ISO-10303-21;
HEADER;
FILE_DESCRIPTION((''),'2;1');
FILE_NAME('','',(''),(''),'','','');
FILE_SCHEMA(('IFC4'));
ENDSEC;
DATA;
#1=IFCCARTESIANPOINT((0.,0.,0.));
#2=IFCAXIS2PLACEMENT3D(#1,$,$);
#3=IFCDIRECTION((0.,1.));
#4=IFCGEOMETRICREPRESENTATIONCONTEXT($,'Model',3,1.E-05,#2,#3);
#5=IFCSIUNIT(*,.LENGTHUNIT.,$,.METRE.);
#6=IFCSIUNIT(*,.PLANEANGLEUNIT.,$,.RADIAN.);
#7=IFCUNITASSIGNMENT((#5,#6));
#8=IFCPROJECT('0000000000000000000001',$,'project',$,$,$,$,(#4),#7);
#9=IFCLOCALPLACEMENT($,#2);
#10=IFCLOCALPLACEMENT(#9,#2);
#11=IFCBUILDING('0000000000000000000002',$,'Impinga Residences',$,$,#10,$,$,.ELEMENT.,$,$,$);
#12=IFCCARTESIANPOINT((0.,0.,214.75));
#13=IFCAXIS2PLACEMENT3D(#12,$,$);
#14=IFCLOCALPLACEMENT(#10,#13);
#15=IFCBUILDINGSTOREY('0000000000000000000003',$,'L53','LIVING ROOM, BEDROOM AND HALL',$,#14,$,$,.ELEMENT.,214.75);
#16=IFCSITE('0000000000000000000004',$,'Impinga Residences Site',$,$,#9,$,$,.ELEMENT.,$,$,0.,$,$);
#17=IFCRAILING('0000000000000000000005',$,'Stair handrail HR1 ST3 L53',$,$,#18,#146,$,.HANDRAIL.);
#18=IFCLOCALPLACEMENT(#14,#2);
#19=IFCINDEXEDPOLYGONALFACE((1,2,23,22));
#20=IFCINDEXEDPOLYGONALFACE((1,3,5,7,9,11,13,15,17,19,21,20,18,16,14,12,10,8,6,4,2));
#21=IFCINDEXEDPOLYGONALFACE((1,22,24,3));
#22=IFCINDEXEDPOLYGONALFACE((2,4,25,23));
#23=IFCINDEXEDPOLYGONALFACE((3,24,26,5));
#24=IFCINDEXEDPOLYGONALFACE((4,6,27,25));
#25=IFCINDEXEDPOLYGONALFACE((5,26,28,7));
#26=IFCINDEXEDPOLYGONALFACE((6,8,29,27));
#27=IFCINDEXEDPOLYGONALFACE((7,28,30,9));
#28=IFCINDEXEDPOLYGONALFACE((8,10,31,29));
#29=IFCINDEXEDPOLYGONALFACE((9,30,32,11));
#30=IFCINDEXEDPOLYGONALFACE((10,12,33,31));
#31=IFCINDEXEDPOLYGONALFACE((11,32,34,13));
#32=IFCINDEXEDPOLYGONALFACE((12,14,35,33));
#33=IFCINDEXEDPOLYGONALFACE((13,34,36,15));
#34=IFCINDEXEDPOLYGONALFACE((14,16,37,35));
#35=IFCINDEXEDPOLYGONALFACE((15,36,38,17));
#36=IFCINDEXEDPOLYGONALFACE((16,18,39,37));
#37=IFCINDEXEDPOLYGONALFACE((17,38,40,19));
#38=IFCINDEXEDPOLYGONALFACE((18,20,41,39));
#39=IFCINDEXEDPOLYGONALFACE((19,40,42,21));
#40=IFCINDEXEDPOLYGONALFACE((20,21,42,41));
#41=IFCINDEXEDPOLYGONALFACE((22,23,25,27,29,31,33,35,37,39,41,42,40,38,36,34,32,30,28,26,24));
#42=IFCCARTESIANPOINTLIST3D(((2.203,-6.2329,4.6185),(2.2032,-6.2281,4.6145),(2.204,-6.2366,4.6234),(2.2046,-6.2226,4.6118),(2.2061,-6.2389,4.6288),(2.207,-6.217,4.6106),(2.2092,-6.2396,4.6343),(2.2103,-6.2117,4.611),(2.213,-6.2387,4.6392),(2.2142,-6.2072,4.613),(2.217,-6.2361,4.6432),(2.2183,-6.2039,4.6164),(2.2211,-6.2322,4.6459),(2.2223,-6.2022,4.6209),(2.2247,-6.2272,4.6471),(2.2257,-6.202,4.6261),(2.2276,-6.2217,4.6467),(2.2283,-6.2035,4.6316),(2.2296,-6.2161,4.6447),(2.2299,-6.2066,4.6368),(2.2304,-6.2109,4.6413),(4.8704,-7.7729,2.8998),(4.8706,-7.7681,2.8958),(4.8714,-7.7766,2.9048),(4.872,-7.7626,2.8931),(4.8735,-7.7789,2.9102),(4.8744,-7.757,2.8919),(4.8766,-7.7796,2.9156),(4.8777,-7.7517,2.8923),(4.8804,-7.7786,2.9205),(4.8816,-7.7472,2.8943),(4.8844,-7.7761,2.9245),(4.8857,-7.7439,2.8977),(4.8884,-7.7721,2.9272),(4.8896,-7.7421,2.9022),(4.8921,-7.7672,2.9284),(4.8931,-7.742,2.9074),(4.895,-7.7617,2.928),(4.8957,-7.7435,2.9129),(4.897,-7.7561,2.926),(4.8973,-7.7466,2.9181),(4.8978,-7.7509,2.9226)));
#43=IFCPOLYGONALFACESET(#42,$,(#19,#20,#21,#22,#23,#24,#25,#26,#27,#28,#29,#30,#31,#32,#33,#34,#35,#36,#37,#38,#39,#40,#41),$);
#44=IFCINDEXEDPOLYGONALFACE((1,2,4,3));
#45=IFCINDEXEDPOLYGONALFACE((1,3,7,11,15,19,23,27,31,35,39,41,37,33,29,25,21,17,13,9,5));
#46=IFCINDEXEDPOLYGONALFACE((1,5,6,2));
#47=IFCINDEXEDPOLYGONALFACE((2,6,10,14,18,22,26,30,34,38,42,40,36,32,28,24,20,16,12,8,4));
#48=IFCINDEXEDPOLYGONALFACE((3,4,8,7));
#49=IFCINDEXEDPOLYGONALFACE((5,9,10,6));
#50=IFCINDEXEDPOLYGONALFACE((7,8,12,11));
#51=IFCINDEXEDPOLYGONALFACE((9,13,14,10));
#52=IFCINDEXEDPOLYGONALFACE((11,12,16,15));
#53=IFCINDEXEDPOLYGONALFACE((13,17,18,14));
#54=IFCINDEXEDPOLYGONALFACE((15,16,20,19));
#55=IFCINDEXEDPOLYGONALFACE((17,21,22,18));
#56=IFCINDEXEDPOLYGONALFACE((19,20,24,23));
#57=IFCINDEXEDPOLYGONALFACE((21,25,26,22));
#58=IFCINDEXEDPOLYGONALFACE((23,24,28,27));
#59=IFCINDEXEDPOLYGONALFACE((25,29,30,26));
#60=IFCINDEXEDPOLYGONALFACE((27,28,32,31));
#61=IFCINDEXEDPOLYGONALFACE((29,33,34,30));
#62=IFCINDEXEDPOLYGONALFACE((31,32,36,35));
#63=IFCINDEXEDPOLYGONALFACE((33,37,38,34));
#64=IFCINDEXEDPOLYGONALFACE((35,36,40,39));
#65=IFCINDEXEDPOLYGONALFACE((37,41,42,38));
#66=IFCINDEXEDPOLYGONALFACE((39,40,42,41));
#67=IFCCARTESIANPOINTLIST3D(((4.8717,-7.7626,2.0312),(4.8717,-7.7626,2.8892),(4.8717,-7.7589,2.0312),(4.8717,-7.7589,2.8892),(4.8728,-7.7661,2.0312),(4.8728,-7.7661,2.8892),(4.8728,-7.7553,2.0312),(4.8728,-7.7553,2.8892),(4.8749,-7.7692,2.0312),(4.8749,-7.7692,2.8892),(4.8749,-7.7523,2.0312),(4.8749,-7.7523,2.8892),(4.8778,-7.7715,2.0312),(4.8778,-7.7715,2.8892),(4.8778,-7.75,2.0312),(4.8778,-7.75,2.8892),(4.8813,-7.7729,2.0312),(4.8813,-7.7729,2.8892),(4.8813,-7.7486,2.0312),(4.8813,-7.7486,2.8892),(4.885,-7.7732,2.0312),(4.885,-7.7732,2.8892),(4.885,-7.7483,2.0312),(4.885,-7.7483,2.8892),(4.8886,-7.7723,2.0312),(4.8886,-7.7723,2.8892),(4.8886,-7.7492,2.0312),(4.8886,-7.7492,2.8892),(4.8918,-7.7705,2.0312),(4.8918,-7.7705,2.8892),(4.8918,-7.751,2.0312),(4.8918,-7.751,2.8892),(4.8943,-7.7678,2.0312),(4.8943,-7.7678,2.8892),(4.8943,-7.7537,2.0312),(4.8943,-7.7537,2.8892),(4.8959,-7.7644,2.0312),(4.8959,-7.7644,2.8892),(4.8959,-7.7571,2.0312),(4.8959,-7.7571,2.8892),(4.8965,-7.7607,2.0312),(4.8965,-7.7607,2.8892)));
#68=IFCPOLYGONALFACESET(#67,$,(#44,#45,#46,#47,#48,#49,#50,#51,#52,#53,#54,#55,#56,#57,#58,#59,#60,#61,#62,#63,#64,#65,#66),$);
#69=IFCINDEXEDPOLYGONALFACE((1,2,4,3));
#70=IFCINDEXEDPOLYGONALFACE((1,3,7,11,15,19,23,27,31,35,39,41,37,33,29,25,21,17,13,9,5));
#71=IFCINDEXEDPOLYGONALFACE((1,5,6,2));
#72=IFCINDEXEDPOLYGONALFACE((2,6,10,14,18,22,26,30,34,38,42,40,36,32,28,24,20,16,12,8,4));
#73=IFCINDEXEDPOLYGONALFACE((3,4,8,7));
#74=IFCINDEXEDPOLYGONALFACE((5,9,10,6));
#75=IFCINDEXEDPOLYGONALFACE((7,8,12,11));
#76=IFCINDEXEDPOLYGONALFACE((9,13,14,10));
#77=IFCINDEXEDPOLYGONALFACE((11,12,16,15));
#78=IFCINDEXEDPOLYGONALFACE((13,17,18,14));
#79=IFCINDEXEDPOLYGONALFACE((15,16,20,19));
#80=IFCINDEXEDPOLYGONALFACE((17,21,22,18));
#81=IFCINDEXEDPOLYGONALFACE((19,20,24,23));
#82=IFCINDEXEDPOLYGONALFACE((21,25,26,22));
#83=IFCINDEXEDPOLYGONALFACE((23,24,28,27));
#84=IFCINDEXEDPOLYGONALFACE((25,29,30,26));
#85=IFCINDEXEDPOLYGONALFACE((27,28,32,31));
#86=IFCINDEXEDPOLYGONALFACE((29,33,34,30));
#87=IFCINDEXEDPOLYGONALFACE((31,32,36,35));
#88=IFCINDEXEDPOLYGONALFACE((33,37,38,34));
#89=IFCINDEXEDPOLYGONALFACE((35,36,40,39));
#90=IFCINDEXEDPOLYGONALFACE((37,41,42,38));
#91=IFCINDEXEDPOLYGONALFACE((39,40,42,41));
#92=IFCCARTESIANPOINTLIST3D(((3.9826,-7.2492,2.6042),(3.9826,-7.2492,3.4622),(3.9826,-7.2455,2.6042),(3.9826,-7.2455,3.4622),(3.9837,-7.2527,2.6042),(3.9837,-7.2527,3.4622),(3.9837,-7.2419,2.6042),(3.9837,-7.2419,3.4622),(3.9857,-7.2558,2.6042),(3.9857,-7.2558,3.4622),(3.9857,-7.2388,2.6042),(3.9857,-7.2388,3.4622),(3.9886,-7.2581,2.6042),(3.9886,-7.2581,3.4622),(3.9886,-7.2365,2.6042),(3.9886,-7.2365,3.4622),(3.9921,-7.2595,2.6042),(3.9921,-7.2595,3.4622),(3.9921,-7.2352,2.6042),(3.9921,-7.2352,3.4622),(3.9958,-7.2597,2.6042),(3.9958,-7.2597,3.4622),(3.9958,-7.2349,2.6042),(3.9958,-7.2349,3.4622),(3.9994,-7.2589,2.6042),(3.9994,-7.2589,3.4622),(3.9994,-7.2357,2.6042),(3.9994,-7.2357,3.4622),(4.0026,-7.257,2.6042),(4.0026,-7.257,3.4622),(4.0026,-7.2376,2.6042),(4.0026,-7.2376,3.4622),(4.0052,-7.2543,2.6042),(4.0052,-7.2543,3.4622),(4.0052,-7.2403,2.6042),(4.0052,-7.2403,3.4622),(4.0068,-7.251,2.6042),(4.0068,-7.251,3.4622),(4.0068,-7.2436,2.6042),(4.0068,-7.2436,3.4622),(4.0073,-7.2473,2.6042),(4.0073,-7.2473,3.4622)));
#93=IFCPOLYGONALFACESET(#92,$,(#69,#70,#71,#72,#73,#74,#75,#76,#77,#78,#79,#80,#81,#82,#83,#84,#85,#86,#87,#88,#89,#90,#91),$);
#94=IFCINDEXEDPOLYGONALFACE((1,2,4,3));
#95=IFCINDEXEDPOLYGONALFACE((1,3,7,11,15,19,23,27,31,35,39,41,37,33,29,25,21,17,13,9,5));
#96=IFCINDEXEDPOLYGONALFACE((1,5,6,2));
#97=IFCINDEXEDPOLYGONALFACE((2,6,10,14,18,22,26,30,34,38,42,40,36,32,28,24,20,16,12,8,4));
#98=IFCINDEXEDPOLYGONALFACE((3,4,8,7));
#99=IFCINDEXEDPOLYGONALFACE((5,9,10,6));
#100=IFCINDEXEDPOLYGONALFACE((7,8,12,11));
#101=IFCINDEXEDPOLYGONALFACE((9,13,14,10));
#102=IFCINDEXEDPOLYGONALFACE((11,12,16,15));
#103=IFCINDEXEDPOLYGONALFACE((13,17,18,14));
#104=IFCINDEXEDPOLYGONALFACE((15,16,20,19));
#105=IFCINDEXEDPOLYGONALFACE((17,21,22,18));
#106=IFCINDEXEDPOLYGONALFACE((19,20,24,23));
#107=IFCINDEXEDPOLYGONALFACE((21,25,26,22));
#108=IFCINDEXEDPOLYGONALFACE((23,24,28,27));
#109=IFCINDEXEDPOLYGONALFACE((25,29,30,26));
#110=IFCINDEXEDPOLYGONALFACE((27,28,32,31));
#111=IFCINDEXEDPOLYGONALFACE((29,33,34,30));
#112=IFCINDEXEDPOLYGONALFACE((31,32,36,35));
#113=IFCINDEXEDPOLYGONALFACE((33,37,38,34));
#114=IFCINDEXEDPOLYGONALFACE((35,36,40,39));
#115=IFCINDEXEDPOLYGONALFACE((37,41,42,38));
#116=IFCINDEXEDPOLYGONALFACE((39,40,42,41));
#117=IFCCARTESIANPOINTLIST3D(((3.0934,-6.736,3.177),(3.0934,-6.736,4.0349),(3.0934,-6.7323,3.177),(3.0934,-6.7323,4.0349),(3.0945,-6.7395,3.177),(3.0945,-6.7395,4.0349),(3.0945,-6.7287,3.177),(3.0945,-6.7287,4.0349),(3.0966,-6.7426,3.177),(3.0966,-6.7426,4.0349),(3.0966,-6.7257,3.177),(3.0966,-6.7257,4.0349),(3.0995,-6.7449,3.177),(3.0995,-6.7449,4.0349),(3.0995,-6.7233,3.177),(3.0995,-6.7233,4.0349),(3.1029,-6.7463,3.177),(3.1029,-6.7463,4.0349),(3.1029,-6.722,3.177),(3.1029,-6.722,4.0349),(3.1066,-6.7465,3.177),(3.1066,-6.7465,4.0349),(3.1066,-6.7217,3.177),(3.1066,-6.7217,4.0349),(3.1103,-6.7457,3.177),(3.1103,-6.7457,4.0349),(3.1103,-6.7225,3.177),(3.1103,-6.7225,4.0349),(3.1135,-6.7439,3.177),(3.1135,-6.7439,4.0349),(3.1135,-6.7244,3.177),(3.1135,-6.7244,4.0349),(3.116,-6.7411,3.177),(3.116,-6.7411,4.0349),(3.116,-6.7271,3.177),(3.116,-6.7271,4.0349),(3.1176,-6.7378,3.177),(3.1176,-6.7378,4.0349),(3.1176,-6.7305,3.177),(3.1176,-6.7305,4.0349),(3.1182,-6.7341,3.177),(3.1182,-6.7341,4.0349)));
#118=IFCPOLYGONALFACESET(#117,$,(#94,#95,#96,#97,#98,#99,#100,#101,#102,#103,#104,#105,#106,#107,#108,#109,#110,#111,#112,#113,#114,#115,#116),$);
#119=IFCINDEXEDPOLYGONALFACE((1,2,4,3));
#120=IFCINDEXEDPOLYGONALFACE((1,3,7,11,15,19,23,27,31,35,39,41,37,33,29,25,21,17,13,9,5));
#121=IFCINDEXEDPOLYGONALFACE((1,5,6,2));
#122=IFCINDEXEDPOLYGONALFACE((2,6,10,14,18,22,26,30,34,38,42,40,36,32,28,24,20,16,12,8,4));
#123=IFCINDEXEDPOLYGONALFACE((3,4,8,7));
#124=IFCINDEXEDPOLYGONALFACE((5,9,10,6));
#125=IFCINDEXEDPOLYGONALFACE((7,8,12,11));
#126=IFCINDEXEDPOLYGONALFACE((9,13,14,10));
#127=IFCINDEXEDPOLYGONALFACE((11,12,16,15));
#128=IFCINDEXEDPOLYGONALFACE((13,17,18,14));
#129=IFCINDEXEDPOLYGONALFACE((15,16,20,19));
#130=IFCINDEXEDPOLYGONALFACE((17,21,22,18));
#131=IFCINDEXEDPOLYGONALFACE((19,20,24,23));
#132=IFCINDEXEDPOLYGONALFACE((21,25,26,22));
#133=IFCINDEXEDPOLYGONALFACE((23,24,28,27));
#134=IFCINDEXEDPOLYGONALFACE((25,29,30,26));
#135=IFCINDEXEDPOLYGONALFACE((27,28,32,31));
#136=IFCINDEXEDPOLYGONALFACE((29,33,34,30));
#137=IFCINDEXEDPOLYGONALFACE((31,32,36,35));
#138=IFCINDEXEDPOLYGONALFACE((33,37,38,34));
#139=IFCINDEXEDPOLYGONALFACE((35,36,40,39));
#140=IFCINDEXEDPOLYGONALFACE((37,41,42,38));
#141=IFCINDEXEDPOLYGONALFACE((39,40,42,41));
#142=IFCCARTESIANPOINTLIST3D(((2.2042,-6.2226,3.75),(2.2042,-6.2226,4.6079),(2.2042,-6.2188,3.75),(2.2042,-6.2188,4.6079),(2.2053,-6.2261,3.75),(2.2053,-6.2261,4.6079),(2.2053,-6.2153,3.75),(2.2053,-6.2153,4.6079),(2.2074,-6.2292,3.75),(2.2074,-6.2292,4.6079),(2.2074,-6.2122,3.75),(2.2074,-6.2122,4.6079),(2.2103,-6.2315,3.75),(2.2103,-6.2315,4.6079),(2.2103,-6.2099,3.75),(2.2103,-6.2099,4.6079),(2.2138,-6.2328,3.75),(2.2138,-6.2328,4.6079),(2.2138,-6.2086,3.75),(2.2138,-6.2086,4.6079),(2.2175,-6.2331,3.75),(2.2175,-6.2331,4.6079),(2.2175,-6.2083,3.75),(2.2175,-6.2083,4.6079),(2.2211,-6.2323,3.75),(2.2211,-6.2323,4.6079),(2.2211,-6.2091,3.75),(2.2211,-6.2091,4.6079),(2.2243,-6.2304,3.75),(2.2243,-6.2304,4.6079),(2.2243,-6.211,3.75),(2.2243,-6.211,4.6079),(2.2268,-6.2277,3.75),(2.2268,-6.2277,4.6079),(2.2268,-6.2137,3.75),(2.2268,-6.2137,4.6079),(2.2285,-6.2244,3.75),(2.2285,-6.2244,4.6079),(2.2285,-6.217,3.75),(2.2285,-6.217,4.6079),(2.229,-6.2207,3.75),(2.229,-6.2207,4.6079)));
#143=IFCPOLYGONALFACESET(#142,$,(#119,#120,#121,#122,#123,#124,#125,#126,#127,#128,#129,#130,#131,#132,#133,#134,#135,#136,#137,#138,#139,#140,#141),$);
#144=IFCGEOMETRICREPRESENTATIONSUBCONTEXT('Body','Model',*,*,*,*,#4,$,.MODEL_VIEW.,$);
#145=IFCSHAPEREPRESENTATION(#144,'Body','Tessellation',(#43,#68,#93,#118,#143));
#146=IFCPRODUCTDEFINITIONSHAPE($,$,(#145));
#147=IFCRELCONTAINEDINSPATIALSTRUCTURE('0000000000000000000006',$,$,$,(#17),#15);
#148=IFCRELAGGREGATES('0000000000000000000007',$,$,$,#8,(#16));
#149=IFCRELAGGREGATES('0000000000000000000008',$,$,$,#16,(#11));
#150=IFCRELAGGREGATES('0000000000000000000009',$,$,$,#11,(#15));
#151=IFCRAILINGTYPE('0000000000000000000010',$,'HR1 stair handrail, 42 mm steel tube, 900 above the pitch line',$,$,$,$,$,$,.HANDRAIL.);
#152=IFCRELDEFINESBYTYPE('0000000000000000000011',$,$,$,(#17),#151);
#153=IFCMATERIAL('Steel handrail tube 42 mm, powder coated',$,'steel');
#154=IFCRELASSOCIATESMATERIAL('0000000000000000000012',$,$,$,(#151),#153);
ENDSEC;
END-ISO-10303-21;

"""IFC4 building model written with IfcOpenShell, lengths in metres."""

from ifc_helpers import new_model, si_unit, direction, frame, origin, origin_2d, place, context, subcontext, project, spatial, circle, extrude, material, type_object, element, save


model = new_model("IFC4")

# Units and contexts
model_context = context("Model", 3, precision=1e-05, world=origin(), true_north=direction((0.0, 1.0)))
body_context = subcontext(model_context, "Body", "Model", "MODEL_VIEW")
ifc_project = project(units=[si_unit("LENGTHUNIT", "METRE"), si_unit("PLANEANGLEUNIT", "RADIAN")], contexts=[model_context])

# Site, building, storey
site_placement = place(None, origin())
site = spatial("IfcSite", under=ifc_project, at=site_placement, Name="Impinga Residences Site", CompositionType="ELEMENT", RefElevation=0.0)
building_placement = place(site_placement, origin())
building = spatial("IfcBuilding", under=site, at=building_placement, Name="Impinga Residences", CompositionType="ELEMENT")
storey_placement = place(building_placement, frame((0.0, 0.0, 214.75)))
storey = spatial("IfcBuildingStorey", under=building, at=storey_placement, Name="L53", Description="LIVING ROOM, BEDROOM AND HALL", CompositionType="ELEMENT", Elevation=214.75)

# Railing
ifc_material_1 = material(Name="Steel handrail tube 42 mm, powder coated", Category="steel")
railing_type_1 = type_object("IfcRailingType", Name="HR1 stair handrail, 42 mm steel tube, 900 above the pitch line", PredefinedType="HANDRAIL", material=ifc_material_1)
railing_1_placement = place(storey_placement, frame((4.884, -7.7607, 2.0312)))
element("IfcRailing", 1, at=railing_1_placement, inside=storey, type_object=railing_type_1, Name="Stair handrail HR1 ST3 L53", PredefinedType="HANDRAIL", context=body_context, shape_type="SweptSolid", body=[
    extrude(circle(Radius=0.021, at=origin_2d()), frame((0.0, 0.0, 0.8789), z_axis=(-0.756256, 0.436616, 0.487282), x_axis=(-0.499992, -0.86603, 0.0)), (0.0, 0.0, 1.0), 3.5271),
    extrude(circle(Radius=0.0125, at=origin_2d()), origin(), (0.0, 0.0, 1.0), 0.8579),
    extrude(circle(Radius=0.0125, at=origin_2d()), frame((-0.8892, 0.5134, 0.573)), (0.0, 0.0, 1.0), 0.8579),
    extrude(circle(Radius=0.0125, at=origin_2d()), frame((-1.7783, 1.0266, 1.1458)), (0.0, 0.0, 1.0), 0.8579),
    extrude(circle(Radius=0.0125, at=origin_2d()), frame((-2.6675, 1.54, 1.7188)), (0.0, 0.0, 1.0), 0.8579),
])

save(model, "model.ifc")
